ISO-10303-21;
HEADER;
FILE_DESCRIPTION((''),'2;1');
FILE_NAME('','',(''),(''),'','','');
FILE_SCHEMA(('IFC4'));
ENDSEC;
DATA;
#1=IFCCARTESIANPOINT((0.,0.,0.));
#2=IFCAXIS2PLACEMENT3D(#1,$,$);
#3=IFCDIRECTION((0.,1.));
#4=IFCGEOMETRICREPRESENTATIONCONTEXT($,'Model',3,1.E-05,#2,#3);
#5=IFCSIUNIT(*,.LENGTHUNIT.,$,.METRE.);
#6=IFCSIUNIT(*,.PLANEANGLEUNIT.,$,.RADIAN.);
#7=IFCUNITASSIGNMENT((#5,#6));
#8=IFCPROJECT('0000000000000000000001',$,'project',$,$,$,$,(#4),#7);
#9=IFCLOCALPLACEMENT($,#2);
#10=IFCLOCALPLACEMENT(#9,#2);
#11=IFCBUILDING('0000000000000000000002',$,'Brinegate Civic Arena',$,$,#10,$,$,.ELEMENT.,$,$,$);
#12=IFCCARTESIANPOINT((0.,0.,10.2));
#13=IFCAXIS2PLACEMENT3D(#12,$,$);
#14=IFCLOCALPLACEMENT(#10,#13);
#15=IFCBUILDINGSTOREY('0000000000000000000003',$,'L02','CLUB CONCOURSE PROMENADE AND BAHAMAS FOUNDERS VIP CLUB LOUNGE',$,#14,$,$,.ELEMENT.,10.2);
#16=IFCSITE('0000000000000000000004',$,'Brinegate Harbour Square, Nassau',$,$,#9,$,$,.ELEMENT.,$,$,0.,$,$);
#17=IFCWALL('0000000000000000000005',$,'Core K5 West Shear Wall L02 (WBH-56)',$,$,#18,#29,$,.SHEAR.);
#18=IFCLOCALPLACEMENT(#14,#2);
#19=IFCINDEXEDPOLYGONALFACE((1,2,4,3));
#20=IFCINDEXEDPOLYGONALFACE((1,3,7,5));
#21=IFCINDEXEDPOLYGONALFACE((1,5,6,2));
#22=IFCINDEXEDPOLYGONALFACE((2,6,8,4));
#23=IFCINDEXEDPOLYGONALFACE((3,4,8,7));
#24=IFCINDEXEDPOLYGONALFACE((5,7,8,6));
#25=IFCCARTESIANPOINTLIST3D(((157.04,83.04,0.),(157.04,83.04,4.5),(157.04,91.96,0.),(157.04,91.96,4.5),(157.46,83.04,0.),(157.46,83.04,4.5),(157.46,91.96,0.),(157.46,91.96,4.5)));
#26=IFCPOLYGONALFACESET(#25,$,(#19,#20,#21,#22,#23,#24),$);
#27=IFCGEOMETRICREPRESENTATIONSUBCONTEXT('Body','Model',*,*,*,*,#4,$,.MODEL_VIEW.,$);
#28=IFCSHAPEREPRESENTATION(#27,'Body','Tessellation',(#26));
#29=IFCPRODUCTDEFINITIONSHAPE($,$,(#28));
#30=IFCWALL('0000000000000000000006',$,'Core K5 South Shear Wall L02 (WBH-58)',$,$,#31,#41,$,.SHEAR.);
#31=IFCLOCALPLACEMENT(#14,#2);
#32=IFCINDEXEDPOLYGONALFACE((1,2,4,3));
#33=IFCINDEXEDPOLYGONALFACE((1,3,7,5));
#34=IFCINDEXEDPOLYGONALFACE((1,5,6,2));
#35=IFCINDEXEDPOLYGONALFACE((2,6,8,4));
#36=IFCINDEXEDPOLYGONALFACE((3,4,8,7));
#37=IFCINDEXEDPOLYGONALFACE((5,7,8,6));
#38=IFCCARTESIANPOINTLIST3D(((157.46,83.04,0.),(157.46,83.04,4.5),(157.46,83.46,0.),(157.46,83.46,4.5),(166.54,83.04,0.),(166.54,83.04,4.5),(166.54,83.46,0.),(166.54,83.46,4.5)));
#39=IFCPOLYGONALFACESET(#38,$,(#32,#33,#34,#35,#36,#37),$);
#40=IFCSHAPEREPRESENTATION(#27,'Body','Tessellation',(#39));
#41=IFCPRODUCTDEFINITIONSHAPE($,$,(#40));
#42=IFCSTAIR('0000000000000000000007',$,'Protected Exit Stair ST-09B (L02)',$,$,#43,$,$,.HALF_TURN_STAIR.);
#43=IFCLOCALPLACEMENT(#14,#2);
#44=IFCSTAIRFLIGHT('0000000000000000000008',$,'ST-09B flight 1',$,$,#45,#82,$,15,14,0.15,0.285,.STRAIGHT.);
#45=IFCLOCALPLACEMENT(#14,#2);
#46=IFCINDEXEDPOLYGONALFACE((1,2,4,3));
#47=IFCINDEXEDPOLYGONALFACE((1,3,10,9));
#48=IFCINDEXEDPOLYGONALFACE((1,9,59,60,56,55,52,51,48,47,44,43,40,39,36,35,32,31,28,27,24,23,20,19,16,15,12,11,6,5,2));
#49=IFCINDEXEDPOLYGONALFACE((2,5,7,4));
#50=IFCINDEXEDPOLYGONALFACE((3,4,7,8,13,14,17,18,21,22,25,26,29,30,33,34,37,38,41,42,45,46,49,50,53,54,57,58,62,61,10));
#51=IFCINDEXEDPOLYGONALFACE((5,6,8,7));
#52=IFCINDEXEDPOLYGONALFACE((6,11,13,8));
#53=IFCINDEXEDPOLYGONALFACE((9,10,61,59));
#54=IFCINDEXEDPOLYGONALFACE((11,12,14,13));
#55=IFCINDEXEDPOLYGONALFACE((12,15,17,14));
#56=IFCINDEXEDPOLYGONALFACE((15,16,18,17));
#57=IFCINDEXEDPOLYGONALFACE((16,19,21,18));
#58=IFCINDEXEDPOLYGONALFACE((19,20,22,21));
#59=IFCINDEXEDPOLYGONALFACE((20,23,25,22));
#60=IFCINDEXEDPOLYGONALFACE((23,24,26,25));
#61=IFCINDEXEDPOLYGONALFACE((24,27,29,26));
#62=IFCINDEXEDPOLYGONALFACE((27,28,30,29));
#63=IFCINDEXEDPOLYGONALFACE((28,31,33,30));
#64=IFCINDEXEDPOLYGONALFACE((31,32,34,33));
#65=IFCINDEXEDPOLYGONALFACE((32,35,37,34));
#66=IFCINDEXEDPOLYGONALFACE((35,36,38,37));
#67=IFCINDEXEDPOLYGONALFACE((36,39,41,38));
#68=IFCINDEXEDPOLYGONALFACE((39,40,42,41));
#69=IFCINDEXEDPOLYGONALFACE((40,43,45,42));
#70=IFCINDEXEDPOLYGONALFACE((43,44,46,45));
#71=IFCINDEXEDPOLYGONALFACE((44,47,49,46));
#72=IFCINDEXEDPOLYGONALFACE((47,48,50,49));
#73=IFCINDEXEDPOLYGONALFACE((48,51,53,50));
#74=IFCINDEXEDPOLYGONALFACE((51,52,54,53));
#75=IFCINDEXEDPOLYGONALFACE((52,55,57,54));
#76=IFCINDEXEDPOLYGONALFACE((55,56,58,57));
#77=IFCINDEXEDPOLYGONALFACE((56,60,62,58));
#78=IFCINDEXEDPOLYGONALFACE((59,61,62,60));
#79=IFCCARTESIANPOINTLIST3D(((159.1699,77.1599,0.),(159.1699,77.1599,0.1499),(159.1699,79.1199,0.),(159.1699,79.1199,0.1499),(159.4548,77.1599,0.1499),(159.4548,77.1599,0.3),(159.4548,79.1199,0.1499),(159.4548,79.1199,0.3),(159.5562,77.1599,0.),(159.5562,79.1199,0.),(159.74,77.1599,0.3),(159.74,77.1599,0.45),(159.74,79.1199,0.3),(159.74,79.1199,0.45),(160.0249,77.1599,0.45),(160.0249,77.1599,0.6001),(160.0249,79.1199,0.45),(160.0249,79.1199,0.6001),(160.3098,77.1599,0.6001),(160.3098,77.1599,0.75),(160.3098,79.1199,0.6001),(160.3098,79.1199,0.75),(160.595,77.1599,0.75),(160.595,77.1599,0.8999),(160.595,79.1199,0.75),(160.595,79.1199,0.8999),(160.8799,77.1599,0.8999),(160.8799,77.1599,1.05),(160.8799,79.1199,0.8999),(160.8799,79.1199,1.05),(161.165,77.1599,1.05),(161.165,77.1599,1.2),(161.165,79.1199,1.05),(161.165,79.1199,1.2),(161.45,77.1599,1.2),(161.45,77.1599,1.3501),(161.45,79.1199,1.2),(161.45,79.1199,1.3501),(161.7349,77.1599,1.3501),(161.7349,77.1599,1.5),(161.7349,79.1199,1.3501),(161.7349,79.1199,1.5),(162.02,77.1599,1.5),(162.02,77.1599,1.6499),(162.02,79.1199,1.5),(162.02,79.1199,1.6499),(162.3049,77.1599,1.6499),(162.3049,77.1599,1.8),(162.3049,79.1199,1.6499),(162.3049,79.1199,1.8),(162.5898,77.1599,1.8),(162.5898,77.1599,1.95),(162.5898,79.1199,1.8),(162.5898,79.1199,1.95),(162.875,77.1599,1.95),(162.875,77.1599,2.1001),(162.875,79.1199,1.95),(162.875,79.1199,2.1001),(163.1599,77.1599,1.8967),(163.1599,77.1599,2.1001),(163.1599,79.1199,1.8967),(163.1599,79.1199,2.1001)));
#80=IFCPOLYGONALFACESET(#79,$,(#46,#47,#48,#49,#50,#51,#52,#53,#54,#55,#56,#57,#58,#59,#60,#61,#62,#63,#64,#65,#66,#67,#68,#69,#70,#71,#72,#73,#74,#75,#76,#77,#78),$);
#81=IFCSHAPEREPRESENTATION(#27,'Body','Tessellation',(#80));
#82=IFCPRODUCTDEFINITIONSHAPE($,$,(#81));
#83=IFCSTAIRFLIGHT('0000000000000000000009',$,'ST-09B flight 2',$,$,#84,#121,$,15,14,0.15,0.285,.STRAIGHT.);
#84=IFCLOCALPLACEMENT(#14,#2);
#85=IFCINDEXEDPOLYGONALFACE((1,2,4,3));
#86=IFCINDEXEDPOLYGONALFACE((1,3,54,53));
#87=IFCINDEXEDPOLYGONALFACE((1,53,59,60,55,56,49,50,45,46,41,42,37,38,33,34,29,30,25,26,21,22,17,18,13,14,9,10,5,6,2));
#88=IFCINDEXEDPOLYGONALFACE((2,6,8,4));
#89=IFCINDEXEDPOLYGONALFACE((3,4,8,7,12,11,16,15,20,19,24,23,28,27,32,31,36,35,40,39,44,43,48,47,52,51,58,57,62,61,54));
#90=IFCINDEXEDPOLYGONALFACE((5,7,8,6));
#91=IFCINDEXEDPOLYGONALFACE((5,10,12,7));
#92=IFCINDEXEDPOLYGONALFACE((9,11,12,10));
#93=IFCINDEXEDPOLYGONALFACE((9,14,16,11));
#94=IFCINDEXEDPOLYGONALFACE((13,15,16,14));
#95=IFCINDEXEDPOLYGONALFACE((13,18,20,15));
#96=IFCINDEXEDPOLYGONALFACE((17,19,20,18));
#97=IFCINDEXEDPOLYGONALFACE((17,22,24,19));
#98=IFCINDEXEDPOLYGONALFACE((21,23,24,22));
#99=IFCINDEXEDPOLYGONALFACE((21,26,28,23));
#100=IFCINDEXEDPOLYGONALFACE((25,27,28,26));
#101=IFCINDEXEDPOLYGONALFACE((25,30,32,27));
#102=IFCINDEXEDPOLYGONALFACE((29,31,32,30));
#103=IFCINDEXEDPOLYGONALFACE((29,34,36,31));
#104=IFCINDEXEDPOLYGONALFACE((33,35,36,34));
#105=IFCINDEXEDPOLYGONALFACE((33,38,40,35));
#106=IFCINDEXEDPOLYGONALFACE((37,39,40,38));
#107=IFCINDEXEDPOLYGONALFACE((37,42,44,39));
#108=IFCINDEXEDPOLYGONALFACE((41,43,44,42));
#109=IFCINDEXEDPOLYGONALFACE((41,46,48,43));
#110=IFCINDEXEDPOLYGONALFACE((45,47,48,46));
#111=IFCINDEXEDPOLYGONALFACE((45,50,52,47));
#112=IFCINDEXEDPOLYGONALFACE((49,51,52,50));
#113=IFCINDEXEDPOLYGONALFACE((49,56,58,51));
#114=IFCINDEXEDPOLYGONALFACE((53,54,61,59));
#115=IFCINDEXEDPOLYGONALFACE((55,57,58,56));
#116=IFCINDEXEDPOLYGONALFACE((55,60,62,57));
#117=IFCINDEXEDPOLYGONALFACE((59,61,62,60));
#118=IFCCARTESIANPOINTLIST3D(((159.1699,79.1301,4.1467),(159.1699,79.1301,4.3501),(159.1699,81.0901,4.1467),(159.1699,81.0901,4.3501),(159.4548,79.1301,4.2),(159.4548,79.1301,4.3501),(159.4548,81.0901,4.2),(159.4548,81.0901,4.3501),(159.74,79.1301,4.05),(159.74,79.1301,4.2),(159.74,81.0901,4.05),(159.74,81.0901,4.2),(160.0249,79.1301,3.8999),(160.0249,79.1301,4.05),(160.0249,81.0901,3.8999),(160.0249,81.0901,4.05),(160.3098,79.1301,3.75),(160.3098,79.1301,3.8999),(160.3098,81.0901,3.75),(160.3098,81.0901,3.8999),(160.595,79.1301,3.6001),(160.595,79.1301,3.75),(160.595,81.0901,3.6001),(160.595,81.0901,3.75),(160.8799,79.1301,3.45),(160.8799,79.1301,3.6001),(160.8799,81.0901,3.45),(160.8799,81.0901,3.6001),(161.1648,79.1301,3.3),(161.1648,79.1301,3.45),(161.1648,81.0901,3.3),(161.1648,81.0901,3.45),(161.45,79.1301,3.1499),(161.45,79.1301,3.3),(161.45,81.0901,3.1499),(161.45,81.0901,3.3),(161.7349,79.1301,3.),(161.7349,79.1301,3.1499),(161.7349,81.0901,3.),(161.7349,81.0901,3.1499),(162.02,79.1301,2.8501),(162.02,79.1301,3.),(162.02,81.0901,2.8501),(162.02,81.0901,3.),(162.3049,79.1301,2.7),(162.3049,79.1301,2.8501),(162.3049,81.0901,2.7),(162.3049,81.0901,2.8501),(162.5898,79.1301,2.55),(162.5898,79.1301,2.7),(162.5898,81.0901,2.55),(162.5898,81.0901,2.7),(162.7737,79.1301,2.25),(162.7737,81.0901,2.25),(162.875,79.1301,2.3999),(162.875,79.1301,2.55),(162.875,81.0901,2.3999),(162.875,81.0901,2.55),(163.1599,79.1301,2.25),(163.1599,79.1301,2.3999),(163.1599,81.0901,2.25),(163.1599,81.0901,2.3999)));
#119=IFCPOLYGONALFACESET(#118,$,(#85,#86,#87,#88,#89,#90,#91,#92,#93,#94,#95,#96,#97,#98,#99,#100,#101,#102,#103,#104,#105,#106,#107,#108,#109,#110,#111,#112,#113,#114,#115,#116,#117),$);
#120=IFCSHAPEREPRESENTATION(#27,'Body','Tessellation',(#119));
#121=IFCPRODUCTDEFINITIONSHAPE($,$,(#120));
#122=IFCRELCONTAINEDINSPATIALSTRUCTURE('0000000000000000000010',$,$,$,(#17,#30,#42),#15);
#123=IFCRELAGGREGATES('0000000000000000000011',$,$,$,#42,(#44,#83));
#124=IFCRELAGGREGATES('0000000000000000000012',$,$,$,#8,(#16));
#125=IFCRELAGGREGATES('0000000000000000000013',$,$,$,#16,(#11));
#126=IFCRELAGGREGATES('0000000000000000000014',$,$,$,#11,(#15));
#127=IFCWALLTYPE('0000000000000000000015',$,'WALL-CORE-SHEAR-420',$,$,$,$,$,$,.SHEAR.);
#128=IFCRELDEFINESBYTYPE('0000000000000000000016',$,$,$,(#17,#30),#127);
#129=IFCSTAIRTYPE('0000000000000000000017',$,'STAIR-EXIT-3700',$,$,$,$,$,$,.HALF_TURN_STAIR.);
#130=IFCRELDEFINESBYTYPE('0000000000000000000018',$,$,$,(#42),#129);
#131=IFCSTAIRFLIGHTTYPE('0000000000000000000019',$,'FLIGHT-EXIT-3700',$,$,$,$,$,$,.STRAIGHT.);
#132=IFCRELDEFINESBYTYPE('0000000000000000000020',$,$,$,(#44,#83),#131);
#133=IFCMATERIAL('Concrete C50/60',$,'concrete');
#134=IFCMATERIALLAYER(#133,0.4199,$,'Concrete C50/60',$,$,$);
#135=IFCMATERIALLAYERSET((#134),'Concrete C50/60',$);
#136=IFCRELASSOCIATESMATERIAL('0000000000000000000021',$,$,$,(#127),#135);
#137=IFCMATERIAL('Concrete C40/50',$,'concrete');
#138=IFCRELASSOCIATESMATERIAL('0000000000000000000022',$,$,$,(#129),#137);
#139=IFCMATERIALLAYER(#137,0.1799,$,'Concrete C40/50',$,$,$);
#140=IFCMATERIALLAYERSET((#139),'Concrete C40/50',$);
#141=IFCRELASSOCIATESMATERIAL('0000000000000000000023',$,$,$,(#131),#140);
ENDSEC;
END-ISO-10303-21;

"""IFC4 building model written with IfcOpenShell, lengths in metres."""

from ifc_helpers import new_model, si_unit, direction, frame, frame_2d, origin, place, context, subcontext, project, spatial, polyline, rectangle, outline, extrude, material, layer, layer_set, type_object, element, aggregate, save


model = new_model("IFC4")

# Units and contexts
model_context = context("Model", 3, precision=1e-05, world=origin(), true_north=direction((0.0, 1.0)))
body_context = subcontext(model_context, "Body", "Model", "MODEL_VIEW")
ifc_project = project(units=[si_unit("LENGTHUNIT", "METRE"), si_unit("PLANEANGLEUNIT", "RADIAN")], contexts=[model_context])

# Site, building, storey
site_placement = place(None, origin())
site = spatial("IfcSite", under=ifc_project, at=site_placement, Name="Brinegate Harbour Square, Nassau", CompositionType="ELEMENT", RefElevation=0.0)
building_placement = place(site_placement, origin())
building = spatial("IfcBuilding", under=site, at=building_placement, Name="Brinegate Civic Arena", CompositionType="ELEMENT")
storey_placement = place(building_placement, frame((0.0, 0.0, 10.2)))
storey = spatial("IfcBuildingStorey", under=building, at=storey_placement, Name="L02", Description="CLUB CONCOURSE PROMENADE AND BAHAMAS FOUNDERS VIP CLUB LOUNGE", CompositionType="ELEMENT", Elevation=10.2)

# Shared definitions
ifc_material_1 = material(Name="Concrete C50/60", Category="concrete")

# Walls
ifc_layer_1 = layer(ifc_material_1, 0.4199, Name="Concrete C50/60")
ifc_layer_set_1 = layer_set([ifc_layer_1], Name="Concrete C50/60")
wall_type_1 = type_object("IfcWallType", Name="WALL-CORE-SHEAR-420", PredefinedType="SHEAR", material=ifc_layer_set_1)
wall_1_placement = place(storey_placement, frame((157.25, 83.04, 0.0), z_axis=(0.0, 0.0, 1.0), x_axis=(0.0, 1.0, 0.0)))
element("IfcWall", 1, at=wall_1_placement, inside=storey, type_object=wall_type_1, Name="Core K5 West Shear Wall L02 (WBH-56)", PredefinedType="SHEAR", context=body_context, shape_type="SweptSolid", body=[
    extrude(rectangle(XDim=8.9199, YDim=0.4199, at=frame_2d((4.46, 0.0))), origin(), (0.0, 0.0, 1.0), 4.5),
])
wall_2_placement = place(storey_placement, frame((157.46, 83.25, 0.0), z_axis=(0.0, 0.0, 1.0), x_axis=(1.0, 0.0, 0.0)))
element("IfcWall", 2, at=wall_2_placement, inside=storey, type_object=wall_type_1, Name="Core K5 South Shear Wall L02 (WBH-58)", PredefinedType="SHEAR", context=body_context, shape_type="SweptSolid", body=[
    extrude(rectangle(XDim=9.0801, YDim=0.4199, at=frame_2d((4.54, 0.0))), origin(), (0.0, 0.0, 1.0), 4.5),
])

# Stair, stair flights
ifc_material_2 = material(Name="Concrete C40/50", Category="concrete")
stair_type = type_object("IfcStairType", Name="STAIR-EXIT-3700", PredefinedType="HALF_TURN_STAIR", material=ifc_material_2)
stair_placement = place(storey_placement, origin())
stair = element("IfcStair", 3, at=stair_placement, inside=storey, type_object=stair_type, Name="Protected Exit Stair ST-09B (L02)", PredefinedType="HALF_TURN_STAIR")
ifc_layer_2 = layer(ifc_material_2, 0.1799, Name="Concrete C40/50")
ifc_layer_set_2 = layer_set([ifc_layer_2], Name="Concrete C40/50")
stair_flight_type = type_object("IfcStairFlightType", Name="FLIGHT-EXIT-3700", PredefinedType="STRAIGHT", material=ifc_layer_set_2)
stair_flight_1_placement = place(storey_placement, frame((159.1699, 78.1399, 0.0), z_axis=(0.0, 0.0, 1.0), x_axis=(1.0, 0.0, 0.0)))
stair_flight_1 = element("IfcStairFlight", 4, at=stair_flight_1_placement, type_object=stair_flight_type, Name="ST-09B flight 1", NumberOfRisers=15, NumberOfTreads=14, PredefinedType="STRAIGHT", RiserHeight=0.15, TreadLength=0.285, context=body_context, shape_type="SweptSolid", body=[
    extrude(outline(polyline([(0.0, 0.0), (0.0, 0.1499), (0.2849, 0.1499), (0.2849, 0.3), (0.5701, 0.3), (0.5701, 0.45), (0.855, 0.45), (0.855, 0.6001), (1.1399, 0.6001), (1.1399, 0.75), (1.425, 0.75), (1.425, 0.8999), (1.71, 0.8999), (1.71, 1.05), (1.9951, 1.05), (1.9951, 1.2), (2.28, 1.2), (2.28, 1.3501), (2.5649, 1.3501), (2.5649, 1.5), (2.8501, 1.5), (2.8501, 1.6499), (3.135, 1.6499), (3.135, 1.8), (3.4199, 1.8), (3.4199, 1.95), (3.7051, 1.95), (3.7051, 2.1001), (3.99, 2.1001), (3.99, 2.25), (3.99, 1.8967), (0.3862, 0.0), (0.0, 0.0)])), frame((0.0, 0.98, 0.0), z_axis=(0.0, -1.0, 0.0), x_axis=(1.0, 0.0, 0.0)), (0.0, 0.0, 1.0), 1.96),
])
stair_flight_2_placement = place(storey_placement, frame((163.1599, 80.1101, 2.25), z_axis=(0.0, 0.0, 1.0), x_axis=(-1.0, 0.0, 0.0)))
stair_flight_2 = element("IfcStairFlight", 5, at=stair_flight_2_placement, type_object=stair_flight_type, Name="ST-09B flight 2", NumberOfRisers=15, NumberOfTreads=14, PredefinedType="STRAIGHT", RiserHeight=0.15, TreadLength=0.285, context=body_context, shape_type="SweptSolid", body=[
    extrude(outline(polyline([(0.0, 0.0), (0.0, 0.1499), (0.2849, 0.1499), (0.2849, 0.3), (0.5701, 0.3), (0.5701, 0.45), (0.855, 0.45), (0.855, 0.6001), (1.1399, 0.6001), (1.1399, 0.75), (1.425, 0.75), (1.425, 0.8999), (1.71, 0.8999), (1.71, 1.05), (1.9951, 1.05), (1.9951, 1.2), (2.28, 1.2), (2.28, 1.3501), (2.5649, 1.3501), (2.5649, 1.5), (2.8501, 1.5), (2.8501, 1.6499), (3.135, 1.6499), (3.135, 1.8), (3.4199, 1.8), (3.4199, 1.95), (3.7051, 1.95), (3.7051, 2.1001), (3.99, 2.1001), (3.99, 2.25), (3.99, 1.8967), (0.3862, 0.0), (0.0, 0.0)])), frame((0.0, 0.98, 0.0), z_axis=(0.0, -1.0, 0.0), x_axis=(1.0, 0.0, 0.0)), (0.0, 0.0, 1.0), 1.96),
])
aggregate(stair, [stair_flight_1, stair_flight_2])

save(model, "model.ifc")
